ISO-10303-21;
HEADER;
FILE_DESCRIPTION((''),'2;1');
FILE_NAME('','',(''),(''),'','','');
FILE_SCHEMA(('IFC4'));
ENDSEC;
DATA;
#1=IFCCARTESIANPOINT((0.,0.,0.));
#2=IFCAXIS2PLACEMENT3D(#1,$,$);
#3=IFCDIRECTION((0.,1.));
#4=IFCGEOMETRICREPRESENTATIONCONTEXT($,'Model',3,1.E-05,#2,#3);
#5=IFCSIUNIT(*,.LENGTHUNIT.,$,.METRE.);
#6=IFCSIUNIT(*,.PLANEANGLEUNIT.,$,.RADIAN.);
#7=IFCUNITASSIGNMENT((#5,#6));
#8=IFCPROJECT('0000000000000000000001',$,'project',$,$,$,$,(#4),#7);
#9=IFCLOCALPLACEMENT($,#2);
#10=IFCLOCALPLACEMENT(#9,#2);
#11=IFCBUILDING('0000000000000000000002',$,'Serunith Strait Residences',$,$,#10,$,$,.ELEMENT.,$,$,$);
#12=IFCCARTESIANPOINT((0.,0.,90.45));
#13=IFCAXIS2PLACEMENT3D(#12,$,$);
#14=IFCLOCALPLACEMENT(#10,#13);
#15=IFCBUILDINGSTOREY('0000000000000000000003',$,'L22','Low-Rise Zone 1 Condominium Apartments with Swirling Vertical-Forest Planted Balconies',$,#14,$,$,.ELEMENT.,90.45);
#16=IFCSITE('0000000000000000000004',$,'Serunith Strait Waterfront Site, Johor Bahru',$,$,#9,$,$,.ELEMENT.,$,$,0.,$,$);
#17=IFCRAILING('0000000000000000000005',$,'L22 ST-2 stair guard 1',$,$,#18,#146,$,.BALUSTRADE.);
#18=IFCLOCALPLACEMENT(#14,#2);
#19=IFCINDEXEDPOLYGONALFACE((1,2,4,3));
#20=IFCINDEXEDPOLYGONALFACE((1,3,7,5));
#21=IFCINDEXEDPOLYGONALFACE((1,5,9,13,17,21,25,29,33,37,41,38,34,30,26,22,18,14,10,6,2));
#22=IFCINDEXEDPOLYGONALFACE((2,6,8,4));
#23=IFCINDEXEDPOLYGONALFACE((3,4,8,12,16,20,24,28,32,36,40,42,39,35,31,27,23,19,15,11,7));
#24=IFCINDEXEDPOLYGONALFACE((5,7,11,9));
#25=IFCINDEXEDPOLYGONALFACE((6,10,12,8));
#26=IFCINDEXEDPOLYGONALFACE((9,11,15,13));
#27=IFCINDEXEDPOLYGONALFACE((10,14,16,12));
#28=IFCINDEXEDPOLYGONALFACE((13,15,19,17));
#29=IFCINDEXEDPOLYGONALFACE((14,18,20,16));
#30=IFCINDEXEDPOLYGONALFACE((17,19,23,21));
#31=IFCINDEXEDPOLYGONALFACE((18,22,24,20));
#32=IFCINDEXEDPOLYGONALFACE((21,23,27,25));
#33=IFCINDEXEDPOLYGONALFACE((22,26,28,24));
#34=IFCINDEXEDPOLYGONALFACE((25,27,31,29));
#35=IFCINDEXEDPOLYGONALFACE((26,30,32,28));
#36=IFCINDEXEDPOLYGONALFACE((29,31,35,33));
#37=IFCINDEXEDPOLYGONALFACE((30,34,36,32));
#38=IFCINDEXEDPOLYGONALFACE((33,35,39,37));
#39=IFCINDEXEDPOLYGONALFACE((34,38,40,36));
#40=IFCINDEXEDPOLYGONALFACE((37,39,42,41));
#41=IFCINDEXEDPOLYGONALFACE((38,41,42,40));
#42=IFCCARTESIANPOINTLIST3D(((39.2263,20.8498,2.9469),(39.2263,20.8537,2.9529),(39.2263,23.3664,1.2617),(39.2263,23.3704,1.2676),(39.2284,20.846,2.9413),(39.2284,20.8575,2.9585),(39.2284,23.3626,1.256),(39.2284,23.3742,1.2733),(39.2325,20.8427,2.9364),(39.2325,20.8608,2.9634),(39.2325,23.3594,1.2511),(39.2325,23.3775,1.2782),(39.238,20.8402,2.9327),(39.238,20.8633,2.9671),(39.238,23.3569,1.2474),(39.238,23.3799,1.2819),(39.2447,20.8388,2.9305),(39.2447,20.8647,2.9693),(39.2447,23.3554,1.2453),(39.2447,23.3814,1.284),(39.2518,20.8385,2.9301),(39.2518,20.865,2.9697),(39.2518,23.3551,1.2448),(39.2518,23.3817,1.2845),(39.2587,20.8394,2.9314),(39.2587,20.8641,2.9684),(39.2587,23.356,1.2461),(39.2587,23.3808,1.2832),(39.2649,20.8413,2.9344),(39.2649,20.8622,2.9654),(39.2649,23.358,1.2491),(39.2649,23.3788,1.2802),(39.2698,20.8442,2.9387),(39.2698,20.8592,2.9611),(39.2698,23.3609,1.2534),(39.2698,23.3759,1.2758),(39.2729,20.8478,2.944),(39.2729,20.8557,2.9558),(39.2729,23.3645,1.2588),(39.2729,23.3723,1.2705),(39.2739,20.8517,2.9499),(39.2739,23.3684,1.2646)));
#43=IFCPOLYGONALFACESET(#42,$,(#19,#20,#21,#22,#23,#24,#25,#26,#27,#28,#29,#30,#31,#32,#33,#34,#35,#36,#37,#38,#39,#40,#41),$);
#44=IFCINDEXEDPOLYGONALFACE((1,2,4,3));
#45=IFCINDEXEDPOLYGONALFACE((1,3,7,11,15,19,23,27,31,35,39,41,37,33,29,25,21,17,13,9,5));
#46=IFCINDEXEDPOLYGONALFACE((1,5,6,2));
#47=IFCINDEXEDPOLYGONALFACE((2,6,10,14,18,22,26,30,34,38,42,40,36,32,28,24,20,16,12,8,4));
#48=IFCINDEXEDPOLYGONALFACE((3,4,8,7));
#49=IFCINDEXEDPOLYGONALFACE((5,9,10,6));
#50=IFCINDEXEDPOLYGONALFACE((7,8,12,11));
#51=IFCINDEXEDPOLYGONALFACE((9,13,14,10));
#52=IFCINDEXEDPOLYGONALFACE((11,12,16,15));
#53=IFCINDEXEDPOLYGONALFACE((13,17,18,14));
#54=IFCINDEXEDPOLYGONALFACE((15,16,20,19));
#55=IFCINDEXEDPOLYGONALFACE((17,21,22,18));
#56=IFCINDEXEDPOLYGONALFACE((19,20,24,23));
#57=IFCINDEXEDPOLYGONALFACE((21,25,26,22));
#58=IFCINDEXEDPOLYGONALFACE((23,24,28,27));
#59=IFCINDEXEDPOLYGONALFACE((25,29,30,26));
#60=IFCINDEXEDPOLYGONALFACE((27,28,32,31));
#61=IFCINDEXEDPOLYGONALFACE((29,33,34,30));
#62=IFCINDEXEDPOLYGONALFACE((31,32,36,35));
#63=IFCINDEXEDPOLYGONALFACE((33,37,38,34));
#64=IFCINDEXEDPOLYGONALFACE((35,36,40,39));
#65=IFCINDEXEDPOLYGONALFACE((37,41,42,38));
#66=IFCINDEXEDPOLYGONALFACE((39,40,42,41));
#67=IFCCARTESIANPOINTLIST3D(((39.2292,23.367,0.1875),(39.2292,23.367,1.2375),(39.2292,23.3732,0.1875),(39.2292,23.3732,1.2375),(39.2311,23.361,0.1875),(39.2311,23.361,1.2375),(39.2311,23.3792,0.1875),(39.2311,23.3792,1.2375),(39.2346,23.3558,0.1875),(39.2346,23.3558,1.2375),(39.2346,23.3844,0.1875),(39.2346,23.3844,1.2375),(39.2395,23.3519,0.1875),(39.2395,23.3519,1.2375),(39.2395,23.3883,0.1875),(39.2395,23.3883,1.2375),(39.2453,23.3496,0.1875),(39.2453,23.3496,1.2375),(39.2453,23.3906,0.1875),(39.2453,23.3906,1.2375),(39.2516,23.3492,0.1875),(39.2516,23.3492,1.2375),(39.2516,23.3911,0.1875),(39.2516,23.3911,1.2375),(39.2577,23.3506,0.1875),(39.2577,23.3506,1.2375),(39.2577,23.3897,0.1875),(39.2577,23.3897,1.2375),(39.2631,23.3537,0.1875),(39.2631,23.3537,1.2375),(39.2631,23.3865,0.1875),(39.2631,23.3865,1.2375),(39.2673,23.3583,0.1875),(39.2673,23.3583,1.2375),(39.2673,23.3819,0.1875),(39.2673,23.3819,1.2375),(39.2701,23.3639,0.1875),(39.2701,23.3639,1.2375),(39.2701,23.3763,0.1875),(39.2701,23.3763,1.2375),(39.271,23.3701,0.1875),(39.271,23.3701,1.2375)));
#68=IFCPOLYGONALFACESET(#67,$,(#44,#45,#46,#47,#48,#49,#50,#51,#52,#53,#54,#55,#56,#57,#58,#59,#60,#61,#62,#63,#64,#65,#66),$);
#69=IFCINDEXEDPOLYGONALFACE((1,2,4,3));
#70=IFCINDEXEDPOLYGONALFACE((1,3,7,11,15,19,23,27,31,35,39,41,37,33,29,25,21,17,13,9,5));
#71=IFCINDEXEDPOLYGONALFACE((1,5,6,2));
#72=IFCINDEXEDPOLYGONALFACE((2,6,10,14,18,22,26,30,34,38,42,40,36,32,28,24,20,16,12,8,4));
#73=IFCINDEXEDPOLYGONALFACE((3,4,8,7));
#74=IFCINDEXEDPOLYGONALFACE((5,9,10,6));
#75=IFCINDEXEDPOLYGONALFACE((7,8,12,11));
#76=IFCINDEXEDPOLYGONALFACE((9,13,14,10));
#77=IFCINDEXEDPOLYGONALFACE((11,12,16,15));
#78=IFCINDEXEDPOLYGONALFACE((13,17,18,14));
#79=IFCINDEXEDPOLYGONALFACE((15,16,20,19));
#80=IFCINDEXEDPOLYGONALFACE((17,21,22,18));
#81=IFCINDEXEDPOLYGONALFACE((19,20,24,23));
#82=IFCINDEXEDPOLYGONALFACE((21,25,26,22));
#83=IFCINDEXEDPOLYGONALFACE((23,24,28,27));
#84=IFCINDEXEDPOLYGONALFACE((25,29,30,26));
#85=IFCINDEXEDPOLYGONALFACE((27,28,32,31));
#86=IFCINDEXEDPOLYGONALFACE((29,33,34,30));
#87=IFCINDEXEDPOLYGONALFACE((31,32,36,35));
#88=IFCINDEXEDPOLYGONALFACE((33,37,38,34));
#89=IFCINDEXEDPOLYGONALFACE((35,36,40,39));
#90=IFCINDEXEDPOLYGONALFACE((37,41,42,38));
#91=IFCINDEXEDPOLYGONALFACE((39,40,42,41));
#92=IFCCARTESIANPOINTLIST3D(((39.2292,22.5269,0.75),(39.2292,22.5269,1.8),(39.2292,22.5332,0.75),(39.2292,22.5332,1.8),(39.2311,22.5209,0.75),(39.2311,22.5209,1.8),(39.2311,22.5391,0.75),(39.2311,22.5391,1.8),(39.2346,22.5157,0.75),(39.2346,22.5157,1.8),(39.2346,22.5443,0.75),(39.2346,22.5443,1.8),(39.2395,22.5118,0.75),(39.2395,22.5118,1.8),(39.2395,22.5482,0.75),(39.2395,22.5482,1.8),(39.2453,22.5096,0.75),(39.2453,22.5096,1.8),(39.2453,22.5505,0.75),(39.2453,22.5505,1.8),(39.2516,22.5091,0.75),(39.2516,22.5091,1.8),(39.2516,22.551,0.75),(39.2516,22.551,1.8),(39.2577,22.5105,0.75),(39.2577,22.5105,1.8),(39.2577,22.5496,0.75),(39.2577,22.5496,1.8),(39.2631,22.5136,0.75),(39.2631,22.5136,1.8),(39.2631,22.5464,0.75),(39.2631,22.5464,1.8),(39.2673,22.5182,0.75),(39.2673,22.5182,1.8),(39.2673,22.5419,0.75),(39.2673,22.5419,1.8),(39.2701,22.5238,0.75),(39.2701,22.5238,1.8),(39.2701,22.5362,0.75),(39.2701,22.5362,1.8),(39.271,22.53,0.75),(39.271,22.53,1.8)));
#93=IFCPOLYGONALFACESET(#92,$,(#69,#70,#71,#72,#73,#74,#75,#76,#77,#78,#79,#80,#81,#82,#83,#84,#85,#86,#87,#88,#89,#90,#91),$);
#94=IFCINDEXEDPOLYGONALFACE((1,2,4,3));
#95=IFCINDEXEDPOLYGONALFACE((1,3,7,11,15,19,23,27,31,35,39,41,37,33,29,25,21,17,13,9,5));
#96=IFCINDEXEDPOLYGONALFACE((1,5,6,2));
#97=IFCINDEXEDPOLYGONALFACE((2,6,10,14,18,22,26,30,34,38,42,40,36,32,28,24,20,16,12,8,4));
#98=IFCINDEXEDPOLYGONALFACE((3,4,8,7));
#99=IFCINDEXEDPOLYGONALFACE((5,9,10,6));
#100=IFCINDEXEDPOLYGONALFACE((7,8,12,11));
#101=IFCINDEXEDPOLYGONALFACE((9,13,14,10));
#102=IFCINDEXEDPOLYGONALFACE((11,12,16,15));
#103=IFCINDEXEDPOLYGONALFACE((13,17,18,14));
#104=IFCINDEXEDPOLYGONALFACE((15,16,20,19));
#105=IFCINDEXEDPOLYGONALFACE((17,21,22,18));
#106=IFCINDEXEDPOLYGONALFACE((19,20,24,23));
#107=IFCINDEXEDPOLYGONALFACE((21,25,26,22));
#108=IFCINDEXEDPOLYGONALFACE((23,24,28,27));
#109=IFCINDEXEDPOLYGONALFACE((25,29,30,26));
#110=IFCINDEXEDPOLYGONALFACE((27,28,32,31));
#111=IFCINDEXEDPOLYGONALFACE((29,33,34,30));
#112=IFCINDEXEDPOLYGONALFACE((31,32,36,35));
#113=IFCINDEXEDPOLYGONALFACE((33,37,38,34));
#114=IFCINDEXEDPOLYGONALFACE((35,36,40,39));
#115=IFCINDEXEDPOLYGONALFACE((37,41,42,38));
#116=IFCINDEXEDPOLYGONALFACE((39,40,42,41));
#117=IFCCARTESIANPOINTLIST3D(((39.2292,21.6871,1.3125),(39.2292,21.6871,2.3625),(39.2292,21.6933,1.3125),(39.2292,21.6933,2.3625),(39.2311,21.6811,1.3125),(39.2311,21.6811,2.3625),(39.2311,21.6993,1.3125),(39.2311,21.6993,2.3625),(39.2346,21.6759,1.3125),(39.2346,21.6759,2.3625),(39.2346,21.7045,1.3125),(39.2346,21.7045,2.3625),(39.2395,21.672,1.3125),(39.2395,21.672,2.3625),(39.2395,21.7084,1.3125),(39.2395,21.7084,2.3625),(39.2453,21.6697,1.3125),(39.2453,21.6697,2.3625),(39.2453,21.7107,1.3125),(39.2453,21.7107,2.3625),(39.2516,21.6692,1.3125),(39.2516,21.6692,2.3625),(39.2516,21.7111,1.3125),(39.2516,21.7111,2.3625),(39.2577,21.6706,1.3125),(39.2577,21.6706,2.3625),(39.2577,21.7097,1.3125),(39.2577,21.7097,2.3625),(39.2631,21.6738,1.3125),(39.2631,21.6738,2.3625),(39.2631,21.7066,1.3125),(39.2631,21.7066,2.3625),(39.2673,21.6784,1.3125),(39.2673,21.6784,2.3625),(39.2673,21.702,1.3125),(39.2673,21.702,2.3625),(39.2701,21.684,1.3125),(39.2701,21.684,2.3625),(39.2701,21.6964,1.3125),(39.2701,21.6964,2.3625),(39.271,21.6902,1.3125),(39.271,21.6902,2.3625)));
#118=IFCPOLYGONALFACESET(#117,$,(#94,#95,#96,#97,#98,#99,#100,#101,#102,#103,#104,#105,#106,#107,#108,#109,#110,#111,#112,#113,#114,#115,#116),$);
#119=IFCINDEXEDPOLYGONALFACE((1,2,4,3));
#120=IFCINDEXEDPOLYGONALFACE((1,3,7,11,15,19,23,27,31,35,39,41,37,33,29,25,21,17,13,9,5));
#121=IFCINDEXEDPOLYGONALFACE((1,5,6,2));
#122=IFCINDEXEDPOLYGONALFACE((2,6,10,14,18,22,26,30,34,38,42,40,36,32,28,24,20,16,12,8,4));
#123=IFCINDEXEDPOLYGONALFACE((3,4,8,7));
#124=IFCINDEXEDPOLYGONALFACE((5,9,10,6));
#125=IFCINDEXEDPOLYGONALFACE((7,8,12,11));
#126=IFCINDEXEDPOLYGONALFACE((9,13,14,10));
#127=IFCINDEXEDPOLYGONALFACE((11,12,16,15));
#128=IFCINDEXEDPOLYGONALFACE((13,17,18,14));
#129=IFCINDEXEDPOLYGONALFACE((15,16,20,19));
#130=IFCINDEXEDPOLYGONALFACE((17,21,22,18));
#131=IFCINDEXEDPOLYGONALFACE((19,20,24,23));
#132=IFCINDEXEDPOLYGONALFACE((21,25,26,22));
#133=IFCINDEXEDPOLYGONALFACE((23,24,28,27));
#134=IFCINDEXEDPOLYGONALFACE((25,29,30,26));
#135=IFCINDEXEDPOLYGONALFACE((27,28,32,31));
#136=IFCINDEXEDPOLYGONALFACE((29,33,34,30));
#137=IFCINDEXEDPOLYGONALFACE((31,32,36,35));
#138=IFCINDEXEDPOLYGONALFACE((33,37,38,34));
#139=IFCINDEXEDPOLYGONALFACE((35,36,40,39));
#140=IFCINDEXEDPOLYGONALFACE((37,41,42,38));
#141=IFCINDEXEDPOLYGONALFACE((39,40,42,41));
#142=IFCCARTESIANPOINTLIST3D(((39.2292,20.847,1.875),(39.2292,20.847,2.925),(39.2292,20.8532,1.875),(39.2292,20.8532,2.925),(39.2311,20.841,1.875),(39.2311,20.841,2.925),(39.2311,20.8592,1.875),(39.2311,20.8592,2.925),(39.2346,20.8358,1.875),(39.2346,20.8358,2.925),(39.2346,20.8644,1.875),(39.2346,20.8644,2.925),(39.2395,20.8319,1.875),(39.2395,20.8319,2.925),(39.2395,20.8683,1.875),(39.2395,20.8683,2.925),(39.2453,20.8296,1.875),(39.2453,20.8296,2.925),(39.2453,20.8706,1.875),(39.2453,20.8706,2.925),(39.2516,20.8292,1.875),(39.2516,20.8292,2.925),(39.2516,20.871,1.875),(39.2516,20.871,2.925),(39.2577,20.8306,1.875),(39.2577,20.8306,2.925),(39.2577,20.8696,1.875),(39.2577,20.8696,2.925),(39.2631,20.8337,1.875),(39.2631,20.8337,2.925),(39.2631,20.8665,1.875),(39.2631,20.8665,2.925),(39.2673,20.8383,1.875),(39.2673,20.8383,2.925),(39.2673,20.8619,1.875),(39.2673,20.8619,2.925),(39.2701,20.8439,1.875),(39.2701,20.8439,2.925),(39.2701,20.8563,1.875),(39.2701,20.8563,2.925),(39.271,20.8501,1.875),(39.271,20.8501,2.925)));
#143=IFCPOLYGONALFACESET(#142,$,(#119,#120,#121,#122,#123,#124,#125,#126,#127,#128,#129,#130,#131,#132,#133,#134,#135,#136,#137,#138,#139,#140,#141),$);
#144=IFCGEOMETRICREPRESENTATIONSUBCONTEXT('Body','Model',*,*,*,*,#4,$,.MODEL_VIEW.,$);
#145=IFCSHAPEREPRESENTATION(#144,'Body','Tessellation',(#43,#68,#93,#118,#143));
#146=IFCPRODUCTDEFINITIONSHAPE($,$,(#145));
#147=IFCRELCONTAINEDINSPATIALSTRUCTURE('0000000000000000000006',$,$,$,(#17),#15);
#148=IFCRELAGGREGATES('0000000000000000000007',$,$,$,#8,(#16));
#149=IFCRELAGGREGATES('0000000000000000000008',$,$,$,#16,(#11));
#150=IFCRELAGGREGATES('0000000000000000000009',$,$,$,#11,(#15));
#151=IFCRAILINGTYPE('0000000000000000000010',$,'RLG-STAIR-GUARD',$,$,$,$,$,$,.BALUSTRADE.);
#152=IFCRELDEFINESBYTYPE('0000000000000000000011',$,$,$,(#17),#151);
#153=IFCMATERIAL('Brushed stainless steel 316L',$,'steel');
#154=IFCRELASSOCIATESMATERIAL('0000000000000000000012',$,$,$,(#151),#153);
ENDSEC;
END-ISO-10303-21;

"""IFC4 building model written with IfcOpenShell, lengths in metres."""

from ifc_helpers import new_model, si_unit, direction, frame, origin, origin_2d, place, context, subcontext, project, spatial, circle, extrude, material, type_object, element, save


model = new_model("IFC4")

# Units and contexts
model_context = context("Model", 3, precision=1e-05, world=origin(), true_north=direction((0.0, 1.0)))
body_context = subcontext(model_context, "Body", "Model", "MODEL_VIEW")
ifc_project = project(units=[si_unit("LENGTHUNIT", "METRE"), si_unit("PLANEANGLEUNIT", "RADIAN")], contexts=[model_context])

# Site, building, storey
site_placement = place(None, origin())
site = spatial("IfcSite", under=ifc_project, at=site_placement, Name="Serunith Strait Waterfront Site, Johor Bahru", CompositionType="ELEMENT", RefElevation=0.0)
building_placement = place(site_placement, origin())
building = spatial("IfcBuilding", under=site, at=building_placement, Name="Serunith Strait Residences", CompositionType="ELEMENT")
storey_placement = place(building_placement, frame((0.0, 0.0, 90.45)))
storey = spatial("IfcBuildingStorey", under=building, at=storey_placement, Name="L22", Description="Low-Rise Zone 1 Condominium Apartments with Swirling Vertical-Forest Planted Balconies", CompositionType="ELEMENT", Elevation=90.45)

# Railing
ifc_material_1 = material(Name="Brushed stainless steel 316L", Category="steel")
railing_type_1 = type_object("IfcRailingType", Name="RLG-STAIR-GUARD", PredefinedType="BALUSTRADE", material=ifc_material_1)
railing_1_placement = place(storey_placement, frame((39.25, 23.3701, 0.1875)))
element("IfcRailing", 1, at=railing_1_placement, inside=storey, type_object=railing_type_1, Name="L22 ST-2 stair guard 1", PredefinedType="BALUSTRADE", context=body_context, shape_type="SweptSolid", body=[
    extrude(circle(Radius=0.0239, at=origin_2d()), frame((0.0, -0.0017, 1.0771), z_axis=(0.0, -0.830909, 0.556408), x_axis=(1.0, 0.0, 0.0)), (0.0, 0.0, 1.0), 3.0288),
    extrude(circle(Radius=0.021, at=origin_2d()), origin(), (0.0, 0.0, 1.0), 1.05),
    extrude(circle(Radius=0.021, at=origin_2d()), frame((0.0, -0.8401, 0.5625)), (0.0, 0.0, 1.0), 1.05),
    extrude(circle(Radius=0.021, at=origin_2d()), frame((0.0, -1.6799, 1.125)), (0.0, 0.0, 1.0), 1.05),
    extrude(circle(Radius=0.021, at=origin_2d()), frame((0.0, -2.52, 1.6875)), (0.0, 0.0, 1.0), 1.05),
])

save(model, "model.ifc")
